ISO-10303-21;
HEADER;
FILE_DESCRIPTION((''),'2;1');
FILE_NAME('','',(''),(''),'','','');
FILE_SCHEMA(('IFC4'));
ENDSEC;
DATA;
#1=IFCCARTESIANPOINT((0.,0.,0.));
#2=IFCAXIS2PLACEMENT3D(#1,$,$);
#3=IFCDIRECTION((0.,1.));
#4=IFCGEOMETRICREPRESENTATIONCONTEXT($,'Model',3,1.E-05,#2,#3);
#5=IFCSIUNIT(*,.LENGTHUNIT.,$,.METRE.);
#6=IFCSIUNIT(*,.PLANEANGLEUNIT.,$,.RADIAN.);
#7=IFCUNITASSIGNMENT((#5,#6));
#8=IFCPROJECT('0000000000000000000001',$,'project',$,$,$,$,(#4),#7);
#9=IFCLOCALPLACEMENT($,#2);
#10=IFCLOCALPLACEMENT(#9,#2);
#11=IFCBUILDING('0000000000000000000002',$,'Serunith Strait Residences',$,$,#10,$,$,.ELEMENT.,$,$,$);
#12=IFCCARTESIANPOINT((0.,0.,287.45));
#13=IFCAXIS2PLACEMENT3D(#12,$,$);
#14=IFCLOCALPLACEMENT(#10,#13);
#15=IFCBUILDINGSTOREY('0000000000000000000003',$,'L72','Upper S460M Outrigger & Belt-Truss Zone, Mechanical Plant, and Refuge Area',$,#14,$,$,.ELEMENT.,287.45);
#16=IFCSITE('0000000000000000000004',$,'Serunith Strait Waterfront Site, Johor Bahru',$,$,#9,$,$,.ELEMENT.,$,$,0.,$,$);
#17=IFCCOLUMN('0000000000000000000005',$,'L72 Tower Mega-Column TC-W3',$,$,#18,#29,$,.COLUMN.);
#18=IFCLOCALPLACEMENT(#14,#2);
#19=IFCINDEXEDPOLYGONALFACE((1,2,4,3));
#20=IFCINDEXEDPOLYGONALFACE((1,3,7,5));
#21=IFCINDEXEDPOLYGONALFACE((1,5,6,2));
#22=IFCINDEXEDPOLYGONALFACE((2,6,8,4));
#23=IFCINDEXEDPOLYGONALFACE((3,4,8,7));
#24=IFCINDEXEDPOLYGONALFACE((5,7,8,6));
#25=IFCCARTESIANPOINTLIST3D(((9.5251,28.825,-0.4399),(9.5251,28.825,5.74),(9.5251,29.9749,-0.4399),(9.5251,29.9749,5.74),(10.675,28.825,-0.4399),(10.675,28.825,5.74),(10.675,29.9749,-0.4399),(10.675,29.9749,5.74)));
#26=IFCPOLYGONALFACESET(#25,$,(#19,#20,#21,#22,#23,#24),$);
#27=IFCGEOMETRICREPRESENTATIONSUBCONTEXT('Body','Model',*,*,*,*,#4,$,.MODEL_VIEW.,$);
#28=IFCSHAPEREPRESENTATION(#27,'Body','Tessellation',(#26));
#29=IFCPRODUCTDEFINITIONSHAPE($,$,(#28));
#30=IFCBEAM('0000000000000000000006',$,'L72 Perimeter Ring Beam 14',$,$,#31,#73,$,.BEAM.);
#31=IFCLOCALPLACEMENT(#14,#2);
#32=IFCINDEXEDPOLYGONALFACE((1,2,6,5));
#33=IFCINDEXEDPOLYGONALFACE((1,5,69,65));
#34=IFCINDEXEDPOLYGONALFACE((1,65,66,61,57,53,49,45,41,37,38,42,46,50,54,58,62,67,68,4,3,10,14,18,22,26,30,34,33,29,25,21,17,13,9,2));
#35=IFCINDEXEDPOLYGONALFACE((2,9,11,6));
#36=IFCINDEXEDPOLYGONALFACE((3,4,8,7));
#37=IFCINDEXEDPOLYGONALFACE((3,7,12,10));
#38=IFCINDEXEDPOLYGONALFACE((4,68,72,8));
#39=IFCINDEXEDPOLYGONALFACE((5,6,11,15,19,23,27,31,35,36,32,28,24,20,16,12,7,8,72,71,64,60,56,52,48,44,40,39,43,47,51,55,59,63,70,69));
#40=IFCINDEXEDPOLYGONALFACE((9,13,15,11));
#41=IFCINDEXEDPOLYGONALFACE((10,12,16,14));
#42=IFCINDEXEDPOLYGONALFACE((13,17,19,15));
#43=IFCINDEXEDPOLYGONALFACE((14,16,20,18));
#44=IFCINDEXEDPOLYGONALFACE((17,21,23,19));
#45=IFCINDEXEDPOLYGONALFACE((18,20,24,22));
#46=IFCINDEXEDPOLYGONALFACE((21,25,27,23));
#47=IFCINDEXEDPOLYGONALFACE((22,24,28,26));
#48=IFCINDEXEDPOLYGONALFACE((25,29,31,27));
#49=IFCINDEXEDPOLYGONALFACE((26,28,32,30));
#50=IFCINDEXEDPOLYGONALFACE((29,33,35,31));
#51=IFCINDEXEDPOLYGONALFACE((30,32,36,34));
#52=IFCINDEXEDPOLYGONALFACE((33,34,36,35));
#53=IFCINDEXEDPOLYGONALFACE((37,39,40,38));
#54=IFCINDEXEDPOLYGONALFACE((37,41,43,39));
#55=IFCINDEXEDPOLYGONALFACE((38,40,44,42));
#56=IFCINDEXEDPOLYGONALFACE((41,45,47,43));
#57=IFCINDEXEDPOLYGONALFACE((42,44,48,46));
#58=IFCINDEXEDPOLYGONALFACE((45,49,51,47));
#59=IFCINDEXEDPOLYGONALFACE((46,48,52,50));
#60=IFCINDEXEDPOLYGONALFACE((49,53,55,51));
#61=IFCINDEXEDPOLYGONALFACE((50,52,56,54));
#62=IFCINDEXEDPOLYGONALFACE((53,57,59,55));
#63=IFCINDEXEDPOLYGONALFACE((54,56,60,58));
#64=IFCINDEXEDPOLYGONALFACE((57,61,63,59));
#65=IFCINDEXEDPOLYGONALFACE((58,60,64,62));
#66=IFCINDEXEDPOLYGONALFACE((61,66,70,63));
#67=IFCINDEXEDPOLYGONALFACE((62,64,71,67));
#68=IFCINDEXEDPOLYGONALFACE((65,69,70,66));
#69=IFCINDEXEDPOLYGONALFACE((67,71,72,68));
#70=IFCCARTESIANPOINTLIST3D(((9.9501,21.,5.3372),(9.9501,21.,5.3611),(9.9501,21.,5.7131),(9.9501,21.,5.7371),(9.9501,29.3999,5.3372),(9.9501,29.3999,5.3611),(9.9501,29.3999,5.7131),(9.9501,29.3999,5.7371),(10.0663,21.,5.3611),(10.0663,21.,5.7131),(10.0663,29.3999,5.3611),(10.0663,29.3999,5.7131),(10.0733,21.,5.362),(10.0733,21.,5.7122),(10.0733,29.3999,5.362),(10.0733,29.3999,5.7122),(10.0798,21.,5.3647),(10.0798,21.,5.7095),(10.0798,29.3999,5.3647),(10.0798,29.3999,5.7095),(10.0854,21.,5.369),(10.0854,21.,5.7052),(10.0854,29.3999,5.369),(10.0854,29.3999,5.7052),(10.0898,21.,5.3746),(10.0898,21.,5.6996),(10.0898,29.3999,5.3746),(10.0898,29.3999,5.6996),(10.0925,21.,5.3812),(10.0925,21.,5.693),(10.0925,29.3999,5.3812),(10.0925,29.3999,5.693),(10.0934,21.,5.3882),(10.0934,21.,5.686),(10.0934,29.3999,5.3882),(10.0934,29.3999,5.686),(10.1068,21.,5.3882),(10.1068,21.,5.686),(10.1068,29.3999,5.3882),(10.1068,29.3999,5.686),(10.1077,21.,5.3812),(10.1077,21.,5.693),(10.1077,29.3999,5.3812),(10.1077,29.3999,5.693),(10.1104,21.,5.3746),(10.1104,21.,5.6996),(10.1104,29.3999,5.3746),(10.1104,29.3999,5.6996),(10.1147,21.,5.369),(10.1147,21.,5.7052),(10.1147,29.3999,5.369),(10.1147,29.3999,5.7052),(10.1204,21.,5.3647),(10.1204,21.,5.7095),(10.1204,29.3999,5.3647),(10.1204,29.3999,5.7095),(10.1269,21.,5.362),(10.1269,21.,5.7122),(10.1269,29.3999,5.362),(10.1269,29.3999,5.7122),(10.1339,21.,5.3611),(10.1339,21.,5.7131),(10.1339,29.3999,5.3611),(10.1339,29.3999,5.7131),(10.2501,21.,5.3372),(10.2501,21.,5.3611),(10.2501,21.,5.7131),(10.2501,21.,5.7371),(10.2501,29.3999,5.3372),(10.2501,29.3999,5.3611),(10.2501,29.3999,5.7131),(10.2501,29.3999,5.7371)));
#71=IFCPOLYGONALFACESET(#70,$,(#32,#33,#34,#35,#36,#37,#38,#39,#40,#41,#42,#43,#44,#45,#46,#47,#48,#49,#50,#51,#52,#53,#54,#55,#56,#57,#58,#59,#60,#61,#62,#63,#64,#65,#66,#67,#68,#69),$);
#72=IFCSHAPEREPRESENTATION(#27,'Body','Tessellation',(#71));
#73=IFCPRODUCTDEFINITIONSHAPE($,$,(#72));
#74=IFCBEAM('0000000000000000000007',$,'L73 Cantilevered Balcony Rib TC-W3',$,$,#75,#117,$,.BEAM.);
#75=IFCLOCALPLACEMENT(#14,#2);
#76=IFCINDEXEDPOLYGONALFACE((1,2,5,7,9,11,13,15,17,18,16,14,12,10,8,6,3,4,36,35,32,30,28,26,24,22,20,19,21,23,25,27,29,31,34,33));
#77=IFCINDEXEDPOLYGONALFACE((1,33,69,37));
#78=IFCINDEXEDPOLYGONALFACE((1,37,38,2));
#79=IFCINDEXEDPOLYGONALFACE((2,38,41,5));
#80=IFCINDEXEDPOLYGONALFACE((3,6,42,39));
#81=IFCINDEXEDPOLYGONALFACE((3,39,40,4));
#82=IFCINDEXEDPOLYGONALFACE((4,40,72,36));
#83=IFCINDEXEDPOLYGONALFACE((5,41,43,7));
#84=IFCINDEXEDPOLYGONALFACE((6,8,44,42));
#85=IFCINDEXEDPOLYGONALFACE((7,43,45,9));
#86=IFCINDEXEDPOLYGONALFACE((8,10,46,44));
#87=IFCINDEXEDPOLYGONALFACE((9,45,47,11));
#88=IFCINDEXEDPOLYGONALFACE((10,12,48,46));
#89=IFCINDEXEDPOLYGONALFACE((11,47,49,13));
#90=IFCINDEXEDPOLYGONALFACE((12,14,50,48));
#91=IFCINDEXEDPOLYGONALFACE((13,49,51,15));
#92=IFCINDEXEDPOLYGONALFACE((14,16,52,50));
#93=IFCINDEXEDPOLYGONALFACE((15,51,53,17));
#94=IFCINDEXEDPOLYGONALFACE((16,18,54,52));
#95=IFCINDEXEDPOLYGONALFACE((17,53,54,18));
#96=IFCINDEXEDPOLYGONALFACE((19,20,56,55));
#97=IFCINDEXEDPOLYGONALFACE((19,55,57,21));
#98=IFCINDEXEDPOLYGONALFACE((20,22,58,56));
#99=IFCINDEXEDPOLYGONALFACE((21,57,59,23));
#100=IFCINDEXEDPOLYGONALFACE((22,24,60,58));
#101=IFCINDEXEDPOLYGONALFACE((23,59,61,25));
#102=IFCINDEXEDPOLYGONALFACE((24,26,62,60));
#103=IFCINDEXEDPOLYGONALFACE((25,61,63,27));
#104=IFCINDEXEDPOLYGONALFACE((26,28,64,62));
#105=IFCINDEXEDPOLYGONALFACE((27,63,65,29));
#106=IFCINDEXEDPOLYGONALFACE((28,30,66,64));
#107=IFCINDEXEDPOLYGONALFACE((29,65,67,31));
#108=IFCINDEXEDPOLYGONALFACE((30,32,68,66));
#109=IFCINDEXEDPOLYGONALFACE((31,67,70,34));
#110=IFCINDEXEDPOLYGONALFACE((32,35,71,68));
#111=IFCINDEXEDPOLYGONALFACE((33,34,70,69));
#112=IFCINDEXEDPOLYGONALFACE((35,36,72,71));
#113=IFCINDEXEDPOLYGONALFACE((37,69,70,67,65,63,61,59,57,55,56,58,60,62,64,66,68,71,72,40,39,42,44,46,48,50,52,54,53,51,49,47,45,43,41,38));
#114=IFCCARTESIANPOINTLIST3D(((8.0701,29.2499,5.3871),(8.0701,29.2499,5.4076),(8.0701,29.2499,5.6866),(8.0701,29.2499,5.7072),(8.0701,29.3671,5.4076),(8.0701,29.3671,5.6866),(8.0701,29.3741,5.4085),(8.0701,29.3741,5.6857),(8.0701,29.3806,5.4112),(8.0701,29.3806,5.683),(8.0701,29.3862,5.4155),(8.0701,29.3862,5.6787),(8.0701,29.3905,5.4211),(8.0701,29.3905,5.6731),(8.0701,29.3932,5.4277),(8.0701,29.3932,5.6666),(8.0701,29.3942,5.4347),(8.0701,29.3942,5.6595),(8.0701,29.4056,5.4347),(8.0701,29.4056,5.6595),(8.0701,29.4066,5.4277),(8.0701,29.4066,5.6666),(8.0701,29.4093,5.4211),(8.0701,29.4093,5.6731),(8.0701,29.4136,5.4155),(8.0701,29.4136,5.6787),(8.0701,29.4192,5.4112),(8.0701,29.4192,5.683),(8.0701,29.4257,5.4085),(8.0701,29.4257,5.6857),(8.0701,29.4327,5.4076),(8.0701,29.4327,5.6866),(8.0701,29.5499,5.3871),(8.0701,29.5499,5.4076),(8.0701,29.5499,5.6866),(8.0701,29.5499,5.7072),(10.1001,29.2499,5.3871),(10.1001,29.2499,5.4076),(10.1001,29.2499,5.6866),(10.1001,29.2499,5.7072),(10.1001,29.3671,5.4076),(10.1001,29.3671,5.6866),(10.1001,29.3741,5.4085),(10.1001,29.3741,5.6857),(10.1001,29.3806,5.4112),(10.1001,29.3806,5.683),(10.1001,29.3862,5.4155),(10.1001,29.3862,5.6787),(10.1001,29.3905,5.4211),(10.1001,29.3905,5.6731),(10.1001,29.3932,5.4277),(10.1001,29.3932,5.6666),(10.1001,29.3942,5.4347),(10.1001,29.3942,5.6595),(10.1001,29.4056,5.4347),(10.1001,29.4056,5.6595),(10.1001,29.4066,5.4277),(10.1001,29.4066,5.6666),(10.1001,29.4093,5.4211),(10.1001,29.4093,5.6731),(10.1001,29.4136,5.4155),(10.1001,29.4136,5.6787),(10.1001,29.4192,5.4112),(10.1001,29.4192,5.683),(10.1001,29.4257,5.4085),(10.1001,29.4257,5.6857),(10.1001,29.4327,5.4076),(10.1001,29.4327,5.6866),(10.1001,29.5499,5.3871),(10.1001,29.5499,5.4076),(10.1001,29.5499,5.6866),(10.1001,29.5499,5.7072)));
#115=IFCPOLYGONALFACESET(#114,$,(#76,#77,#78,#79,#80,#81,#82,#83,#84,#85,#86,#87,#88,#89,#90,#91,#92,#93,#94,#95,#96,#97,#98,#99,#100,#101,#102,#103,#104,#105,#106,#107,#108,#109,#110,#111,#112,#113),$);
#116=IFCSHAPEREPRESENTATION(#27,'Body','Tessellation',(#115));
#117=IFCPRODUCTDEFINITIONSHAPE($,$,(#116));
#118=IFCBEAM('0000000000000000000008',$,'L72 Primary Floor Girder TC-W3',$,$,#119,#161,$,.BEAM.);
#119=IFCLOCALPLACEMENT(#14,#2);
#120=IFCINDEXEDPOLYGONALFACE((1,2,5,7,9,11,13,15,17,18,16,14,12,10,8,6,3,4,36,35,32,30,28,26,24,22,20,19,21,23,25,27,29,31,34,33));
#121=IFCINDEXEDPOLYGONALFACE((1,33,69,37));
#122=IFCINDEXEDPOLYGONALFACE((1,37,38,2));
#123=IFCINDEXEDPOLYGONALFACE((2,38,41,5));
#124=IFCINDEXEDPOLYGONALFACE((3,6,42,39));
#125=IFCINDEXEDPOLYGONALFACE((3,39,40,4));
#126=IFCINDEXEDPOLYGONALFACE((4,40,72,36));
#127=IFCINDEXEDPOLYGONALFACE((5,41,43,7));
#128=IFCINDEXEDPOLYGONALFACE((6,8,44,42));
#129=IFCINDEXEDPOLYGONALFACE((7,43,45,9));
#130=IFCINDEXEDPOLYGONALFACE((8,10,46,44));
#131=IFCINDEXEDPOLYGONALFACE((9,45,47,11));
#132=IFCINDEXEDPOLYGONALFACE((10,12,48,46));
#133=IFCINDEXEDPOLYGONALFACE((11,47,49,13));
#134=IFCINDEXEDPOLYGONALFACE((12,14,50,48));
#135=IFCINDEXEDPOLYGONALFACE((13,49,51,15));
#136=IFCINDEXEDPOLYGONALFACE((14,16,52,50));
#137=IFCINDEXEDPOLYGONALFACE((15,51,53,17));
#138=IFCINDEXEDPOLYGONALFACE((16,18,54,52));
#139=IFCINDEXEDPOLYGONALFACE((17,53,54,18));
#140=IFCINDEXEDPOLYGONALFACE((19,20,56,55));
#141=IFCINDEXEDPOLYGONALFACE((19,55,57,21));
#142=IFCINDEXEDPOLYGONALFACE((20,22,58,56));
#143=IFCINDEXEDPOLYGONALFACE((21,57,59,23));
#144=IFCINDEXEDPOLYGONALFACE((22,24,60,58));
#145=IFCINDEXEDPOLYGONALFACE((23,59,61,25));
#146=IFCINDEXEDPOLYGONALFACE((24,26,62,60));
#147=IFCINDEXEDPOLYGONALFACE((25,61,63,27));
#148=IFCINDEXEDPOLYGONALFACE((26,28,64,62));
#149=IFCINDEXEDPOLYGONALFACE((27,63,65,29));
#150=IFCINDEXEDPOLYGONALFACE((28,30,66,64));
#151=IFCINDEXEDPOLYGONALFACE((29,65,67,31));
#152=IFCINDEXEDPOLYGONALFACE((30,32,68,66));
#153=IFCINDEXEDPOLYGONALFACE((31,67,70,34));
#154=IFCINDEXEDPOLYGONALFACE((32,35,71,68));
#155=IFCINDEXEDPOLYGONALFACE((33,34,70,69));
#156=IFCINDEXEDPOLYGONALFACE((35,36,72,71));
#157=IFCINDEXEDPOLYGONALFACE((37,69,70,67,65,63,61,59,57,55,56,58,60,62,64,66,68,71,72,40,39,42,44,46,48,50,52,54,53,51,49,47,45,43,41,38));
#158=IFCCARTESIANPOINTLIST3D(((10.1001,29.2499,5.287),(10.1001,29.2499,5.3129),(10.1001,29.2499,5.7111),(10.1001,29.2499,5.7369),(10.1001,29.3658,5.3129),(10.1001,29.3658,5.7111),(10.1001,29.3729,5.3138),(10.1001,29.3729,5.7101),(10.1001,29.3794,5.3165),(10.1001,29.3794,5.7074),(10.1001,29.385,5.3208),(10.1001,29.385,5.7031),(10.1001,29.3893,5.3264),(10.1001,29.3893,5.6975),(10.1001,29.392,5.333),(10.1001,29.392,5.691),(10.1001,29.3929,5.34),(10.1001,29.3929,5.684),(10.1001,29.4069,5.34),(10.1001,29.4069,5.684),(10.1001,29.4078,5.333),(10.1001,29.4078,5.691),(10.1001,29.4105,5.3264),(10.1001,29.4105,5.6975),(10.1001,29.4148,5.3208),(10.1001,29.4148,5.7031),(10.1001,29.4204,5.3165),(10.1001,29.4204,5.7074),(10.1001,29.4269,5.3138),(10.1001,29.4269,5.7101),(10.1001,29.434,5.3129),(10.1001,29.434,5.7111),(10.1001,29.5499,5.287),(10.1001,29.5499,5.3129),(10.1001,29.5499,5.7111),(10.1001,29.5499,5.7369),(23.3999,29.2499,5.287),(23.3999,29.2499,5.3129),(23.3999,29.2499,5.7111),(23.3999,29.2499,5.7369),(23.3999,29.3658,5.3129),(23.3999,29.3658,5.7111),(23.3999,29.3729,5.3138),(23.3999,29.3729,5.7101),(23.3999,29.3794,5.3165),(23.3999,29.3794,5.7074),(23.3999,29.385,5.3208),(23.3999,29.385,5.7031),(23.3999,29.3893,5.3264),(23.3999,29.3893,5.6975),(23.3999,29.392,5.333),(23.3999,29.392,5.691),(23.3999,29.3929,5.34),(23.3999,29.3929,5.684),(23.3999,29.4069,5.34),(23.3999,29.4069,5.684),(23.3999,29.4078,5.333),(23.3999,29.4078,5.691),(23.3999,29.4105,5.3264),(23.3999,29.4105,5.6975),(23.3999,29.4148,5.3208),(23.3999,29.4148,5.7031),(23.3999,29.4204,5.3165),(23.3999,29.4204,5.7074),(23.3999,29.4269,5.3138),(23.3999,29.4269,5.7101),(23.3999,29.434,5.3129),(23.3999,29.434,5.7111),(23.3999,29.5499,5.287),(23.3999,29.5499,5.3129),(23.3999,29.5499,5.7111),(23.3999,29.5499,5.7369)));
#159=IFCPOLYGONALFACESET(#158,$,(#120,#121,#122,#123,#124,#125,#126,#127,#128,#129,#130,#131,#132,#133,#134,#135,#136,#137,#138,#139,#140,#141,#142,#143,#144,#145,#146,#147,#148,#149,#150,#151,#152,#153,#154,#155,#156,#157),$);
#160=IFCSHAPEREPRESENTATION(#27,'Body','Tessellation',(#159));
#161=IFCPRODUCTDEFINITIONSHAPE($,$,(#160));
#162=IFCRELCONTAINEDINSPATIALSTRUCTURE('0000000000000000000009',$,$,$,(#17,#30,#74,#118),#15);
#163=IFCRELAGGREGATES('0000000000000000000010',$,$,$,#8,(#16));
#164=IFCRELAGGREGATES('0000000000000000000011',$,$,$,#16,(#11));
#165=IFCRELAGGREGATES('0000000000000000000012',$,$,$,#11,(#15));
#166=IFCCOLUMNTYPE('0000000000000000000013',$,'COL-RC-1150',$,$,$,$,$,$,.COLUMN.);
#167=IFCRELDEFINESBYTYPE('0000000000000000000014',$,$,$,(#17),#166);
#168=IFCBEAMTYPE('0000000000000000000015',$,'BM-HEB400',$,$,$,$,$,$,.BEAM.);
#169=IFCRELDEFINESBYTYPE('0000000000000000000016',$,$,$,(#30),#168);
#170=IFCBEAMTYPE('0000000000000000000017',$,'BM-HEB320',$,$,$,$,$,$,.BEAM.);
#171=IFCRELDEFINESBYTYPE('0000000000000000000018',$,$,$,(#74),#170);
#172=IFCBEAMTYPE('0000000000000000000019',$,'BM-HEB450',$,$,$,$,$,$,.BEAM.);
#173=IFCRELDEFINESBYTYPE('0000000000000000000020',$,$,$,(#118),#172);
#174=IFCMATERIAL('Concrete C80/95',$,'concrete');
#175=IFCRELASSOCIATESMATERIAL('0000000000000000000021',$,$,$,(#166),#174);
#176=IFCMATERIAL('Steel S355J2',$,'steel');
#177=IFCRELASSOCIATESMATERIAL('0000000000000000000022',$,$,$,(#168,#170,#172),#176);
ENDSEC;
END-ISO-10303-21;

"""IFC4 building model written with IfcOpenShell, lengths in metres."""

from ifc_helpers import new_model, si_unit, direction, frame, origin, origin_2d, place, context, subcontext, project, spatial, rectangle, i_section, extrude, source, transform, mapped, material, material_profile, profile_set, type_object, element, save


model = new_model("IFC4")

# Units and contexts
model_context = context("Model", 3, precision=1e-05, world=origin(), true_north=direction((0.0, 1.0)))
body_context = subcontext(model_context, "Body", "Model", "MODEL_VIEW")
ifc_project = project(units=[si_unit("LENGTHUNIT", "METRE"), si_unit("PLANEANGLEUNIT", "RADIAN")], contexts=[model_context])

# Site, building, storey
site_placement = place(None, origin())
site = spatial("IfcSite", under=ifc_project, at=site_placement, Name="Serunith Strait Waterfront Site, Johor Bahru", CompositionType="ELEMENT", RefElevation=0.0)
building_placement = place(site_placement, origin())
building = spatial("IfcBuilding", under=site, at=building_placement, Name="Serunith Strait Residences", CompositionType="ELEMENT")
storey_placement = place(building_placement, frame((0.0, 0.0, 287.45)))
storey = spatial("IfcBuildingStorey", under=building, at=storey_placement, Name="L72", Description="Upper S460M Outrigger & Belt-Truss Zone, Mechanical Plant, and Refuge Area", CompositionType="ELEMENT", Elevation=287.45)

# Column
ifc_material_1 = material(Name="Concrete C80/95", Category="concrete")
ifc_material_profile_1 = material_profile(ifc_material_1, rectangle(XDim=1.1499, YDim=1.1499, at=origin_2d()), Name="RC 1150x1150")
ifc_profile_set_1 = profile_set([ifc_material_profile_1], Name="Concrete C80/95")
column_type = type_object("IfcColumnType", Name="COL-RC-1150", PredefinedType="COLUMN", material=ifc_profile_set_1)
shared_shape_1 = source(origin(), body_context, "Body", "SweptSolid", [
    extrude(rectangle(XDim=1.1499, YDim=1.1499, at=origin_2d()), origin(), (0.0, 0.0, 1.0), 6.1799),
])
column_placement = place(storey_placement, frame((10.1001, 29.3999, -0.4399), z_axis=(0.0, 0.0, 1.0), x_axis=(1.0, 0.0, 0.0)))
element("IfcColumn", 1, at=column_placement, inside=storey, type_object=column_type, Name="L72 Tower Mega-Column TC-W3", PredefinedType="COLUMN", context=body_context, shape_type="MappedRepresentation", body=[
    mapped(shared_shape_1, transform((0.0, 0.0, 0.0), scale=1.0)),
])

# Beams
ifc_material_2 = material(Name="Steel S355J2", Category="steel")
ifc_material_profile_2 = material_profile(ifc_material_2, i_section(OverallWidth=0.3, OverallDepth=0.3999, WebThickness=0.0134, FlangeThickness=0.0239, FilletRadius=0.0271, at=origin_2d()), Name="HEB 400")
ifc_profile_set_2 = profile_set([ifc_material_profile_2], Name="Steel S355J2")
beam_type_1 = type_object("IfcBeamType", Name="BM-HEB400", PredefinedType="BEAM", material=ifc_profile_set_2)
shared_shape_2 = source(origin(), body_context, "Body", "SweptSolid", [
    extrude(i_section(OverallWidth=0.3, OverallDepth=0.3999, WebThickness=0.0134, FlangeThickness=0.0239, FilletRadius=0.0271, at=origin_2d()), origin(), (0.0, 0.0, 1.0), 8.3999),
])
beam_1_placement = place(storey_placement, frame((10.1001, 29.3999, 5.5371), z_axis=(0.0, -1.0, 0.0), x_axis=(1.0, 0.0, 0.0)))
element("IfcBeam", 2, at=beam_1_placement, inside=storey, type_object=beam_type_1, Name="L72 Perimeter Ring Beam 14", PredefinedType="BEAM", context=body_context, shape_type="MappedRepresentation", body=[
    mapped(shared_shape_2, transform((0.0, 0.0, 0.0), scale=1.0)),
])
ifc_material_profile_3 = material_profile(ifc_material_2, i_section(OverallWidth=0.3, OverallDepth=0.3201, WebThickness=0.0115, FlangeThickness=0.0205, FilletRadius=0.0271, at=origin_2d()), Name="HEB 320")
ifc_profile_set_3 = profile_set([ifc_material_profile_3], Name="Steel S355J2")
beam_type_2 = type_object("IfcBeamType", Name="BM-HEB320", PredefinedType="BEAM", material=ifc_profile_set_3)
shared_shape_3 = source(origin(), body_context, "Body", "SweptSolid", [
    extrude(i_section(OverallWidth=0.3, OverallDepth=0.3201, WebThickness=0.0115, FlangeThickness=0.0205, FilletRadius=0.0271, at=origin_2d()), origin(), (0.0, 0.0, 1.0), 2.03),
])
beam_2_placement = place(storey_placement, frame((10.1001, 29.3999, 5.5471), z_axis=(-1.0, 0.0, 0.0), x_axis=(0.0, -1.0, 0.0)))
element("IfcBeam", 3, at=beam_2_placement, inside=storey, type_object=beam_type_2, Name="L73 Cantilevered Balcony Rib TC-W3", PredefinedType="BEAM", context=body_context, shape_type="MappedRepresentation", body=[
    mapped(shared_shape_3, transform((0.0, 0.0, 0.0), scale=1.0)),
])
ifc_material_profile_4 = material_profile(ifc_material_2, i_section(OverallWidth=0.3, OverallDepth=0.45, WebThickness=0.0139, FlangeThickness=0.0259, FilletRadius=0.0271, at=origin_2d()), Name="HEB 450")
ifc_profile_set_4 = profile_set([ifc_material_profile_4], Name="Steel S355J2")
beam_type_3 = type_object("IfcBeamType", Name="BM-HEB450", PredefinedType="BEAM", material=ifc_profile_set_4)
shared_shape_4 = source(origin(), body_context, "Body", "SweptSolid", [
    extrude(i_section(OverallWidth=0.3, OverallDepth=0.45, WebThickness=0.0139, FlangeThickness=0.0259, FilletRadius=0.0271, at=origin_2d()), origin(), (0.0, 0.0, 1.0), 13.2998),
])
beam_3_placement = place(storey_placement, frame((23.3999, 29.3999, 5.512), z_axis=(-1.0, 0.0, 0.0), x_axis=(0.0, -1.0, 0.0)))
element("IfcBeam", 4, at=beam_3_placement, inside=storey, type_object=beam_type_3, Name="L72 Primary Floor Girder TC-W3", PredefinedType="BEAM", context=body_context, shape_type="MappedRepresentation", body=[
    mapped(shared_shape_4, transform((0.0, 0.0, 0.0), scale=1.0)),
])

save(model, "model.ifc")
